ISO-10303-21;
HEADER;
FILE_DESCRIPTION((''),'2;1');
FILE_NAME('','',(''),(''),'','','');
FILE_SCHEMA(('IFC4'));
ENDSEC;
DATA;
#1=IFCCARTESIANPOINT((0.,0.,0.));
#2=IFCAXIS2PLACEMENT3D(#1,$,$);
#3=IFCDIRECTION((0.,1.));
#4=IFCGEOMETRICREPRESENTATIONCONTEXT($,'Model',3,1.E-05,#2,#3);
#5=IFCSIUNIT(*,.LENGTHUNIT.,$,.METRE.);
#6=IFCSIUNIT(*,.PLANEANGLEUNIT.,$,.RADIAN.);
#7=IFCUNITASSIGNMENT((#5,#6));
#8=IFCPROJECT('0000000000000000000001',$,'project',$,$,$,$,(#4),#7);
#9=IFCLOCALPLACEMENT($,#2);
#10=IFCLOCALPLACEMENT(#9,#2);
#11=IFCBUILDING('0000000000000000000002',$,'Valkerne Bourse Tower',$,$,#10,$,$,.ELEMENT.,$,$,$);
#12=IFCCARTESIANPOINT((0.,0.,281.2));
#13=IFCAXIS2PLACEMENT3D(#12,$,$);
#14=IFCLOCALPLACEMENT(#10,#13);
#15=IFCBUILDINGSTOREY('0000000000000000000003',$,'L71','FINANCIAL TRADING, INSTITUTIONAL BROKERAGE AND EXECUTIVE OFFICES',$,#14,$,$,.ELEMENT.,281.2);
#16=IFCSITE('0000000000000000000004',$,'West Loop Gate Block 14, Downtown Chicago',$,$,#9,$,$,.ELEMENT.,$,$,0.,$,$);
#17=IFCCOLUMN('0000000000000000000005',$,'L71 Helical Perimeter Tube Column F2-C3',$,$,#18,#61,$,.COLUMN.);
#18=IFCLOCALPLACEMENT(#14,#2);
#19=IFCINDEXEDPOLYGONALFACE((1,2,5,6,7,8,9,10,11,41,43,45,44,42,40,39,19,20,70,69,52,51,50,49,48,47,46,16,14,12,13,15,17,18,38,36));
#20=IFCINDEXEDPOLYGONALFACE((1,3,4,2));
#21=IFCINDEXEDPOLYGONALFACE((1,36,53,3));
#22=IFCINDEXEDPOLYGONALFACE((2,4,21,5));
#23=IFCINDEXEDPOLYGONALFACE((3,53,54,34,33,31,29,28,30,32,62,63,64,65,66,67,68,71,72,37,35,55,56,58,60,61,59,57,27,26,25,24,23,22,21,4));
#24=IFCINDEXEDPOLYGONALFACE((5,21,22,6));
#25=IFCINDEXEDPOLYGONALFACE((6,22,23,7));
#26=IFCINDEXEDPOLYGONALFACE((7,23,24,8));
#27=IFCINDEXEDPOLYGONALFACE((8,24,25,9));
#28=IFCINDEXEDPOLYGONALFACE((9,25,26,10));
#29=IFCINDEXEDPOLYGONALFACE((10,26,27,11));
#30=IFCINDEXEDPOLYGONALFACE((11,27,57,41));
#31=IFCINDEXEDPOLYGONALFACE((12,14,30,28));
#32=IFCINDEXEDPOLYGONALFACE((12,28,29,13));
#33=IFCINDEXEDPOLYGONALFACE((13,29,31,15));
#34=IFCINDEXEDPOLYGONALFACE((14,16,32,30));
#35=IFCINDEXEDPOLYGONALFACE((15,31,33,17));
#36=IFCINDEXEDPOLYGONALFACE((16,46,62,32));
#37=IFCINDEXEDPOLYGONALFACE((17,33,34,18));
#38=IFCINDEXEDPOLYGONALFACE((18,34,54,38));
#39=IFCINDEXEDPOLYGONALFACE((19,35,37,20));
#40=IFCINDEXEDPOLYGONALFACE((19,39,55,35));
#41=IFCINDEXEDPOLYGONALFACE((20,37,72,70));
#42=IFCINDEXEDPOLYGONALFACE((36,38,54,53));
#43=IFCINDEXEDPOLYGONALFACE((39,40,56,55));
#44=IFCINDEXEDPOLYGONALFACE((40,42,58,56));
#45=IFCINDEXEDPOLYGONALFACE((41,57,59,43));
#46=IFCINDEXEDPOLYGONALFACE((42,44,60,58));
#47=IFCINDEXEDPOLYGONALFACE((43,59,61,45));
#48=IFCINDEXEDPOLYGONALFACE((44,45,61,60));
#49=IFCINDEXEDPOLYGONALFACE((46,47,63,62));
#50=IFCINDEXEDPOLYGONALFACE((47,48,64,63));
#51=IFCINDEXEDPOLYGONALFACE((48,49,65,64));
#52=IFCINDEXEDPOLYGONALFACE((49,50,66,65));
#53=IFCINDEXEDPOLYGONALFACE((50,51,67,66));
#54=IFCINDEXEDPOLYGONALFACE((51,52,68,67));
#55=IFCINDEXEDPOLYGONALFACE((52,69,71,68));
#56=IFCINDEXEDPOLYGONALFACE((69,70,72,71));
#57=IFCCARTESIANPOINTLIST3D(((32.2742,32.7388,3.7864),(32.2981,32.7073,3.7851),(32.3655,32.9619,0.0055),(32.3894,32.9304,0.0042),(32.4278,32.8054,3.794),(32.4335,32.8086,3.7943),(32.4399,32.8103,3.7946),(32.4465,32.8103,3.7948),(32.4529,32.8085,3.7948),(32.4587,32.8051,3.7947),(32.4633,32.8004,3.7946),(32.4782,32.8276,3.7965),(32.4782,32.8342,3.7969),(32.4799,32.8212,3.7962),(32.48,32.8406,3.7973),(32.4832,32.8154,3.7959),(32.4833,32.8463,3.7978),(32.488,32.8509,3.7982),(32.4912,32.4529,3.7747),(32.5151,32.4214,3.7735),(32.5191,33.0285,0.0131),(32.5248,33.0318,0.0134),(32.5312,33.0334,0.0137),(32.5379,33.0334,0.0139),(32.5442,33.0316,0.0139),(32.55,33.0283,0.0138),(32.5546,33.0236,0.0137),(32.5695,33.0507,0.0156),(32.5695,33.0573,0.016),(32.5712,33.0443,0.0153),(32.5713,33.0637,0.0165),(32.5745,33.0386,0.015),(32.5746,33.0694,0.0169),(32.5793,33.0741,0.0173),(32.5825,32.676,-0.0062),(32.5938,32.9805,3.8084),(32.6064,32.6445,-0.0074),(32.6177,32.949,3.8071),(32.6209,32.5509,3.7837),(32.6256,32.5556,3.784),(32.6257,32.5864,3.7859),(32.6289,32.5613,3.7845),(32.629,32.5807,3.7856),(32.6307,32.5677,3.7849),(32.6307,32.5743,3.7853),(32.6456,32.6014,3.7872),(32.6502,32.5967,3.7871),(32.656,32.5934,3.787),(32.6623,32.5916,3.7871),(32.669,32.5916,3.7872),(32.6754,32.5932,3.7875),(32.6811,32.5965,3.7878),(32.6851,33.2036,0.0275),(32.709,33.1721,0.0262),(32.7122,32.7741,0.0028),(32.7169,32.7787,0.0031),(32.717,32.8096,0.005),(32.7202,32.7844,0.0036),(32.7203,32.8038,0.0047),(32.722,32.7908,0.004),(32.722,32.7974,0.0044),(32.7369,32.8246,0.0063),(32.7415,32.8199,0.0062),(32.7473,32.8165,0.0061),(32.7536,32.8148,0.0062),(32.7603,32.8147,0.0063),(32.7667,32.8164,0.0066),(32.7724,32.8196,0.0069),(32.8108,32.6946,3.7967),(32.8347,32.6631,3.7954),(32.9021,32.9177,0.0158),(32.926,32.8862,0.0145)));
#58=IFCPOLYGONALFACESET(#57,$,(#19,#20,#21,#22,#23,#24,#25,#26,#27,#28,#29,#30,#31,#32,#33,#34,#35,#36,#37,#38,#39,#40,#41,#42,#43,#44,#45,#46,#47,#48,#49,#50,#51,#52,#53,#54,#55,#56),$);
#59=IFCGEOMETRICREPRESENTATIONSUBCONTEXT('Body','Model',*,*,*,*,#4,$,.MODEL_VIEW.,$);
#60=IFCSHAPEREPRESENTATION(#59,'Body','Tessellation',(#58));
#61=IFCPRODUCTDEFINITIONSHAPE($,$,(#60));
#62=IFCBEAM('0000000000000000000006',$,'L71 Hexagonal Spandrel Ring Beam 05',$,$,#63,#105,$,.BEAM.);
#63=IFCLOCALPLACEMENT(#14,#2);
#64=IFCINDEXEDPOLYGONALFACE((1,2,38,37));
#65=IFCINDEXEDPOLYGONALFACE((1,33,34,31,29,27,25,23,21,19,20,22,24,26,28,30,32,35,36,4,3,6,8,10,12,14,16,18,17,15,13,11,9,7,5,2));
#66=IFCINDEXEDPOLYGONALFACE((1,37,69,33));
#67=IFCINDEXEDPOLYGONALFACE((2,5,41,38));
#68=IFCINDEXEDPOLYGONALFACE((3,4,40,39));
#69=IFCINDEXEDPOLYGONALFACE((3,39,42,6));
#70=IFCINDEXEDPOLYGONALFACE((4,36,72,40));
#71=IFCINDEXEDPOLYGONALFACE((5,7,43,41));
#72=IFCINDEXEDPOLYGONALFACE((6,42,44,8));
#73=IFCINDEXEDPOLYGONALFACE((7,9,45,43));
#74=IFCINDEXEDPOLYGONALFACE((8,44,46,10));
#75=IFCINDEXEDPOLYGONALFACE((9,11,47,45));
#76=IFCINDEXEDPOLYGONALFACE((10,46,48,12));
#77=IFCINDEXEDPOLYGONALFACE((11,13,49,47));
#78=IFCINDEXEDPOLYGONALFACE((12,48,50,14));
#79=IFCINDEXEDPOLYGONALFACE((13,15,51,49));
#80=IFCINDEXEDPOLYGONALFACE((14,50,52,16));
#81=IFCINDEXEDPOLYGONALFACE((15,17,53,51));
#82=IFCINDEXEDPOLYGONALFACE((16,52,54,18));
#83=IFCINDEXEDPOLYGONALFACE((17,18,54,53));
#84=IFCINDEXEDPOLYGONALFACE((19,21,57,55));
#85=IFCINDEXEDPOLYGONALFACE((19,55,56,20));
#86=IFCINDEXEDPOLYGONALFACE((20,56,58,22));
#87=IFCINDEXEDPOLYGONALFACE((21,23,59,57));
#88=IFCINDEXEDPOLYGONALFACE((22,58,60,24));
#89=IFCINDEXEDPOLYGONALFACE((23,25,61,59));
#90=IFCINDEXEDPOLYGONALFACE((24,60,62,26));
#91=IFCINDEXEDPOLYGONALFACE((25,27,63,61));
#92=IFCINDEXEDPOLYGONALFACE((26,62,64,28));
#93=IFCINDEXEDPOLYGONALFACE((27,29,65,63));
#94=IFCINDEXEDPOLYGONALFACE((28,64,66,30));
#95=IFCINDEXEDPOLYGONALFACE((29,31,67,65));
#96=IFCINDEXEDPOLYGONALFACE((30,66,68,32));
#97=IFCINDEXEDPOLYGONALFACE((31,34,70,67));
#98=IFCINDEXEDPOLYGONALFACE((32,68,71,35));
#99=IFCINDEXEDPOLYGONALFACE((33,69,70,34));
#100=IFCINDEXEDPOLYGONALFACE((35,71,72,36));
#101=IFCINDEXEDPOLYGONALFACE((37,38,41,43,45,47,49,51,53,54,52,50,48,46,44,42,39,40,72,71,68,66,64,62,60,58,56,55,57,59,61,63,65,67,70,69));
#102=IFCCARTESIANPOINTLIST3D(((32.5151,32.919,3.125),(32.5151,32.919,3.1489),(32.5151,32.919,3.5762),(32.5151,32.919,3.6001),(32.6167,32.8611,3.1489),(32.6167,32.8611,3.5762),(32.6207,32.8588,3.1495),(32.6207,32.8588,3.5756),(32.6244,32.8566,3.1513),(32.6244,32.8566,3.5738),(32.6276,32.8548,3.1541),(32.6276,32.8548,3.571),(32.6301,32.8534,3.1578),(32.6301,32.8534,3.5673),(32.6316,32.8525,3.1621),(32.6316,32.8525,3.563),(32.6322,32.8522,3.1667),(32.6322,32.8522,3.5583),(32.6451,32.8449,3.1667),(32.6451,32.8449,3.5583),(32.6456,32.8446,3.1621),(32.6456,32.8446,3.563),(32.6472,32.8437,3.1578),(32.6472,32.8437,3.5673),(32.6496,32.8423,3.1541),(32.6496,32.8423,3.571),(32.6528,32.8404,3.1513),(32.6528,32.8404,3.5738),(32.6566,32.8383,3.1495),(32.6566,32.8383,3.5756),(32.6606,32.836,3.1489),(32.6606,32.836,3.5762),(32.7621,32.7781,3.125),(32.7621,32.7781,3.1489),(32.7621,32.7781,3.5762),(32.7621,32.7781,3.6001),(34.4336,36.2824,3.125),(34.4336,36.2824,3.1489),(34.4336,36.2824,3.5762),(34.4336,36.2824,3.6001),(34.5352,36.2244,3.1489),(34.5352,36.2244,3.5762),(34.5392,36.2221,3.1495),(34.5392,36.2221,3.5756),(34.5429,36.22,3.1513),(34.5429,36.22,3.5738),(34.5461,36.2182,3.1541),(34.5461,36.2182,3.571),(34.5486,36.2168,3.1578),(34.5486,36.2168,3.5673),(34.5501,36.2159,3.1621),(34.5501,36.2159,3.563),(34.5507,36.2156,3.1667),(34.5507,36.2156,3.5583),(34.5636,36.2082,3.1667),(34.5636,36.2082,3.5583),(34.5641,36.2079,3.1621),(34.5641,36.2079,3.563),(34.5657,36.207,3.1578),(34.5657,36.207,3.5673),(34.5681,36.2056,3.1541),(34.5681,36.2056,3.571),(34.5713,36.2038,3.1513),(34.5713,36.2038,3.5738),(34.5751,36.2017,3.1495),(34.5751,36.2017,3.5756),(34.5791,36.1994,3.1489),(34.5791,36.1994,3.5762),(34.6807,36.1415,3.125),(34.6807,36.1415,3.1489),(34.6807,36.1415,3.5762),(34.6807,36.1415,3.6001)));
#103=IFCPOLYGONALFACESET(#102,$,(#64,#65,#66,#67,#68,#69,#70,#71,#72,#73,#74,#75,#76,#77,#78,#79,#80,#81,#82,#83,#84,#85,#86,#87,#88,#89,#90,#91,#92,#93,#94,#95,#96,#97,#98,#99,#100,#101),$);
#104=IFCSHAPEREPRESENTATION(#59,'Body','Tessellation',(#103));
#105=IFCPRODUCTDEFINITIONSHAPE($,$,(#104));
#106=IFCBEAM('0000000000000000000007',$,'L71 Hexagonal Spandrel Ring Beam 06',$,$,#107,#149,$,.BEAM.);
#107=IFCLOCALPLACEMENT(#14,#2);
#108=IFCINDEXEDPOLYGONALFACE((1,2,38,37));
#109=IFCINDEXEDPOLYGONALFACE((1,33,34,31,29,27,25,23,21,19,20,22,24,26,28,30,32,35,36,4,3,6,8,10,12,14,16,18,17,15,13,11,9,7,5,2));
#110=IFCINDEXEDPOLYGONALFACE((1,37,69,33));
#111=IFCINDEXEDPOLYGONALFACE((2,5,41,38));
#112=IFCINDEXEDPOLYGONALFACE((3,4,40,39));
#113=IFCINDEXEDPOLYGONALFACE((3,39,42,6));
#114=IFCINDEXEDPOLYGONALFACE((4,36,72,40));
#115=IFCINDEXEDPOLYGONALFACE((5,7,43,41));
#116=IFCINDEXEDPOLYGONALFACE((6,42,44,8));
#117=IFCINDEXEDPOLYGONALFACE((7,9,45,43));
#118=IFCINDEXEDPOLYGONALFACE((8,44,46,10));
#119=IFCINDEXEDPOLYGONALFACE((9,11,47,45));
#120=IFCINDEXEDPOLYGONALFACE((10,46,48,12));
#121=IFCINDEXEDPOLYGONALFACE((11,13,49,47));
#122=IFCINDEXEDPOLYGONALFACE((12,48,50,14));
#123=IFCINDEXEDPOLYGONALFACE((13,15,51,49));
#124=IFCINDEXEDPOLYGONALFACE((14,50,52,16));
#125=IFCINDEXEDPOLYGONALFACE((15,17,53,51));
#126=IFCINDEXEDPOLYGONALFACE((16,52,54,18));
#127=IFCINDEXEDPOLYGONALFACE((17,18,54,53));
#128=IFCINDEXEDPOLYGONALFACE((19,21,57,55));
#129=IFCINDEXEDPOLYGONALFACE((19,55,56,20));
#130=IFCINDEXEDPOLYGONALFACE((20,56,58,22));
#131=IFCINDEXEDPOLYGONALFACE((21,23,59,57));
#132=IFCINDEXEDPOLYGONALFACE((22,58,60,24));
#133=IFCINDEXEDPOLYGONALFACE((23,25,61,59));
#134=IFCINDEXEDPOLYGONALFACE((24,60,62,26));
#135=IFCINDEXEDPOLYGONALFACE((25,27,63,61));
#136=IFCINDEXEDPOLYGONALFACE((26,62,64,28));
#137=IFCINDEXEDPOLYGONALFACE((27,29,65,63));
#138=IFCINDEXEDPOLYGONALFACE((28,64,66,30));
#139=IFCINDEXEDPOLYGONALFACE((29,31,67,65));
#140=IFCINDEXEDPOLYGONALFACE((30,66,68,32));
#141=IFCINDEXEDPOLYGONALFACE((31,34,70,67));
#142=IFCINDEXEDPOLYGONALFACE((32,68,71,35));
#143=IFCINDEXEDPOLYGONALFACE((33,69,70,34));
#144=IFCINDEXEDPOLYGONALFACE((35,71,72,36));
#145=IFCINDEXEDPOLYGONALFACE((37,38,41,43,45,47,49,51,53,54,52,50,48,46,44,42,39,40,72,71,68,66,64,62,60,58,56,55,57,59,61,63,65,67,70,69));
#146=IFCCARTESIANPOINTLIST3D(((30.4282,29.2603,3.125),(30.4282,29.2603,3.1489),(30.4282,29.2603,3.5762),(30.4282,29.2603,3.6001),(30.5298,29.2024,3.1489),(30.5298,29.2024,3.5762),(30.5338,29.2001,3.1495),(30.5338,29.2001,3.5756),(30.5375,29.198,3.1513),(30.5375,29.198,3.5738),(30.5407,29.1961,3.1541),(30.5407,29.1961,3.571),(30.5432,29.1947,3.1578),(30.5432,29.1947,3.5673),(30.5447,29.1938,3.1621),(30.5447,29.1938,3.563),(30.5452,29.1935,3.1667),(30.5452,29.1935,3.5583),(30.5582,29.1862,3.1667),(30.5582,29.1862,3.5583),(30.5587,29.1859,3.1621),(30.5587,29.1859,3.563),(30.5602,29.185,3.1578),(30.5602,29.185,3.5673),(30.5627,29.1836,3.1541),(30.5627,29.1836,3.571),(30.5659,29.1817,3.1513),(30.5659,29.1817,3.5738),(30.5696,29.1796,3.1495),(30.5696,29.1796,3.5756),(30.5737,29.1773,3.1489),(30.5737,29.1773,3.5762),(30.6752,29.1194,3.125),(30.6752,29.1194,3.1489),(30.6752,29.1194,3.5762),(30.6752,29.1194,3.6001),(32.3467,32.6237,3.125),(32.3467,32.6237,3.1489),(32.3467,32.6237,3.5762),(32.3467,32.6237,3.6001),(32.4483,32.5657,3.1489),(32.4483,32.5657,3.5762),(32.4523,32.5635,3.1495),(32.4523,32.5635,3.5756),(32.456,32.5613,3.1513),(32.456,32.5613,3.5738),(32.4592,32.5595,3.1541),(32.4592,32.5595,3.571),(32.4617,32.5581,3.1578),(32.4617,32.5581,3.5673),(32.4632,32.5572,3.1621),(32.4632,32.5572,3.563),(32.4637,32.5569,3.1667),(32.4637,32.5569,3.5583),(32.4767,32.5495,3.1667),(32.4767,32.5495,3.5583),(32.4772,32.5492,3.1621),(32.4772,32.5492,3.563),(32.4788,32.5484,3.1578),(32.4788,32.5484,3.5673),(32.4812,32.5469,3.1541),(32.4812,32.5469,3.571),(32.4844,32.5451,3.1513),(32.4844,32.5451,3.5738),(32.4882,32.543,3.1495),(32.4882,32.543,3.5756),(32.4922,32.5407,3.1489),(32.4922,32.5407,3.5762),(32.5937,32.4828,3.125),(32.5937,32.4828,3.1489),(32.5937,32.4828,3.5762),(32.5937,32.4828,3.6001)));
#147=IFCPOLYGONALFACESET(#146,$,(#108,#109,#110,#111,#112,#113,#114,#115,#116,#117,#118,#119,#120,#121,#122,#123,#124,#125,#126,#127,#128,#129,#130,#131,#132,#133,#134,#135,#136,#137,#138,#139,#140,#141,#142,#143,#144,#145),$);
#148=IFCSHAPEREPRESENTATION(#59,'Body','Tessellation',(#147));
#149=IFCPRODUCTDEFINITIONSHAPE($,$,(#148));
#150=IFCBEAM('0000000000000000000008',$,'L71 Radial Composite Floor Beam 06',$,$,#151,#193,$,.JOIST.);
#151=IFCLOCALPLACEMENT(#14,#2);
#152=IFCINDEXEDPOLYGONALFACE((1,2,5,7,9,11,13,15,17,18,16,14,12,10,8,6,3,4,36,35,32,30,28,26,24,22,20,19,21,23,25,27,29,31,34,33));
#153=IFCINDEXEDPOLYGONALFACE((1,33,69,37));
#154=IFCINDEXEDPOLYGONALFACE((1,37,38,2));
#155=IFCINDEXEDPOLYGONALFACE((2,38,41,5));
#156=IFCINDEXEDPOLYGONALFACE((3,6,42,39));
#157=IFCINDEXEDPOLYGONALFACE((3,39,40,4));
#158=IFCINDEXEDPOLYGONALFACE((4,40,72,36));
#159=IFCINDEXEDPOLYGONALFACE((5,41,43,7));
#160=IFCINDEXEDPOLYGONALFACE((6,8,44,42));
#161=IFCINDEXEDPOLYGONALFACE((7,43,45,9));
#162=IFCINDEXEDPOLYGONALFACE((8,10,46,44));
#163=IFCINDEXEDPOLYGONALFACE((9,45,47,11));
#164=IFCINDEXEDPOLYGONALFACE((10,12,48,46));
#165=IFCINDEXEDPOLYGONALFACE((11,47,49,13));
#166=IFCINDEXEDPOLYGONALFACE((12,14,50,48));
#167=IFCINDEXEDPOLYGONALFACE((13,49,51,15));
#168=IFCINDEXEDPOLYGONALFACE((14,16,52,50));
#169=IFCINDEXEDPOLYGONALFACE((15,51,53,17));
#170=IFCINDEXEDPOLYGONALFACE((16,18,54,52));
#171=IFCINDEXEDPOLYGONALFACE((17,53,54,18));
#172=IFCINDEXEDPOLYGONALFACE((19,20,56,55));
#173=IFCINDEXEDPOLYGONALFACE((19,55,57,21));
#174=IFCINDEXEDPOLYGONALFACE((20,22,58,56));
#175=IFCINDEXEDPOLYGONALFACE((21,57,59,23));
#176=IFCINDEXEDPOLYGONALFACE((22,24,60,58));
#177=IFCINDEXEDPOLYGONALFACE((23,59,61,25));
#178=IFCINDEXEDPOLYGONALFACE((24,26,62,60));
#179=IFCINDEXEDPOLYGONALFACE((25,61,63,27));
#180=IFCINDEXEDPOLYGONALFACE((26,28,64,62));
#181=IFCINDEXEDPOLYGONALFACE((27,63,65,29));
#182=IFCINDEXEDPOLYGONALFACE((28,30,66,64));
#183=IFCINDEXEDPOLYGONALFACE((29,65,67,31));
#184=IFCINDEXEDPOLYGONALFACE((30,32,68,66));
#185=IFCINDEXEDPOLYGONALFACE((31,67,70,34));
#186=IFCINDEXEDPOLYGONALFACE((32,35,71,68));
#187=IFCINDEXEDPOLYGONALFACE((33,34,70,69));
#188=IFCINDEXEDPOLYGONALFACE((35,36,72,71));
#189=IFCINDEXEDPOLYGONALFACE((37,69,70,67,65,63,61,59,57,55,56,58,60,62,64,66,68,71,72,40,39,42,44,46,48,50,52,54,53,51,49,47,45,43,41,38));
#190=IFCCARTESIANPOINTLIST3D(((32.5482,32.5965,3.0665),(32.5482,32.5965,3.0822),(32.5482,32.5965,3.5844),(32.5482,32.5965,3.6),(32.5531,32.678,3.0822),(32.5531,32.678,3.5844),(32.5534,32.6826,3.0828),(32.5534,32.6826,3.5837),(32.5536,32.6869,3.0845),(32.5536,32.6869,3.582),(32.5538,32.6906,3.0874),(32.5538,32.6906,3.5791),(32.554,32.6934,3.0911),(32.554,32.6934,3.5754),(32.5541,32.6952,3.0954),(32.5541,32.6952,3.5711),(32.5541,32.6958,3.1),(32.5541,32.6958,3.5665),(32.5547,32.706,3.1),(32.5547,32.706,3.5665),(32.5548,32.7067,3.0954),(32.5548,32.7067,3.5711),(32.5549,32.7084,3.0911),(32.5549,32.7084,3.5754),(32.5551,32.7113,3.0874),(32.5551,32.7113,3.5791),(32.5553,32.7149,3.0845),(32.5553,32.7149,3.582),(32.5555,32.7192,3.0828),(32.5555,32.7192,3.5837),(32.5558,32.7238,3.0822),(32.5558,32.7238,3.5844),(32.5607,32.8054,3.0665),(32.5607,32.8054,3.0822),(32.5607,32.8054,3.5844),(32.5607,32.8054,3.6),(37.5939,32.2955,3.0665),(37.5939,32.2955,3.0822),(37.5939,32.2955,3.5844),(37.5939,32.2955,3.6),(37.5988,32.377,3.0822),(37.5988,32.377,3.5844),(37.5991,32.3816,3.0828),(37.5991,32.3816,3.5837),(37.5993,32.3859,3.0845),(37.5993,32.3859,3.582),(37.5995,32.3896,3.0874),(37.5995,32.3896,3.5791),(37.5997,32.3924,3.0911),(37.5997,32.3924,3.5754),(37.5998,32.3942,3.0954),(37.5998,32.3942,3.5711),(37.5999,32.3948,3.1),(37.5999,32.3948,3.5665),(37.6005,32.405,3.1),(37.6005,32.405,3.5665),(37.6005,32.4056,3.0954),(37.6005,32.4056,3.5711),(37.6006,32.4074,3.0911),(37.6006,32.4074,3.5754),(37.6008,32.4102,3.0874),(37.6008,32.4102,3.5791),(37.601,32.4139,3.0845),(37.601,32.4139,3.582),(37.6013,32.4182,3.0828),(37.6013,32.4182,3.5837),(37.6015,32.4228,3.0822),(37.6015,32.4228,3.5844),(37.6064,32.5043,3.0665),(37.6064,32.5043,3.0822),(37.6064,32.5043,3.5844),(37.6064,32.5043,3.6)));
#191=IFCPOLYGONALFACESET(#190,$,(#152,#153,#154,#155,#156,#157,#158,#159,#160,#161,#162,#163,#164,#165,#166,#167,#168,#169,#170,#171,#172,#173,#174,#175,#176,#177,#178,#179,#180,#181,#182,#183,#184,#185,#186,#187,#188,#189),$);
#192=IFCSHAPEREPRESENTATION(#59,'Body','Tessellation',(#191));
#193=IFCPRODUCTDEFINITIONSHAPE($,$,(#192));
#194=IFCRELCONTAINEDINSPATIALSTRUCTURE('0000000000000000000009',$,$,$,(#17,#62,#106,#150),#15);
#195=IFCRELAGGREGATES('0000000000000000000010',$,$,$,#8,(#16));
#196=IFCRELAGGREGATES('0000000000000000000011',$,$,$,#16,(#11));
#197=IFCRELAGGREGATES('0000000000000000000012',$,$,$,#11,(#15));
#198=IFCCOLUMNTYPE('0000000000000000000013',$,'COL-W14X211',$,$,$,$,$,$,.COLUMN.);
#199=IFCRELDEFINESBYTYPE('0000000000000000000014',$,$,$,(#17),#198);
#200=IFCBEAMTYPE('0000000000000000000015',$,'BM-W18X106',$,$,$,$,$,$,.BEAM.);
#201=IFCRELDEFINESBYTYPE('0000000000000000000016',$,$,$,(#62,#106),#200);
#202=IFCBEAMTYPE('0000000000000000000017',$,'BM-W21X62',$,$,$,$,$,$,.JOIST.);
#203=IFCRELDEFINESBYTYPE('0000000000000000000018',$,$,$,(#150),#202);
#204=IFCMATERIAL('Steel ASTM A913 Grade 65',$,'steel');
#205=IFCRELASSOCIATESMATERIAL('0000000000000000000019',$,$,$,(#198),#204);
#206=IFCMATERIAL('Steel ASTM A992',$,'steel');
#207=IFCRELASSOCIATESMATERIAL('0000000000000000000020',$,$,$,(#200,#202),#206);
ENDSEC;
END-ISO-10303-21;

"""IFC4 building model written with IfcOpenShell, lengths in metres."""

from ifc_helpers import new_model, si_unit, direction, frame, origin, origin_2d, place, context, subcontext, project, spatial, i_section, extrude, material, material_profile, profile_set, type_object, element, save


model = new_model("IFC4")

# Units and contexts
model_context = context("Model", 3, precision=1e-05, world=origin(), true_north=direction((0.0, 1.0)))
body_context = subcontext(model_context, "Body", "Model", "MODEL_VIEW")
ifc_project = project(units=[si_unit("LENGTHUNIT", "METRE"), si_unit("PLANEANGLEUNIT", "RADIAN")], contexts=[model_context])

# Site, building, storey
site_placement = place(None, origin())
site = spatial("IfcSite", under=ifc_project, at=site_placement, Name="West Loop Gate Block 14, Downtown Chicago", CompositionType="ELEMENT", RefElevation=0.0)
building_placement = place(site_placement, origin())
building = spatial("IfcBuilding", under=site, at=building_placement, Name="Valkerne Bourse Tower", CompositionType="ELEMENT")
storey_placement = place(building_placement, frame((0.0, 0.0, 281.2)))
storey = spatial("IfcBuildingStorey", under=building, at=storey_placement, Name="L71", Description="FINANCIAL TRADING, INSTITUTIONAL BROKERAGE AND EXECUTIVE OFFICES", CompositionType="ELEMENT", Elevation=281.2)

# Column
ifc_material_1 = material(Name="Steel ASTM A913 Grade 65", Category="steel")
ifc_material_profile_1 = material_profile(ifc_material_1, i_section(OverallWidth=0.4014, OverallDepth=0.3987, WebThickness=0.0249, FlangeThickness=0.0396, FilletRadius=0.0254, at=origin_2d()), Name="W14X211")
ifc_profile_set_1 = profile_set([ifc_material_profile_1], Name="Steel ASTM A913 Grade 65")
column_type = type_object("IfcColumnType", Name="COL-W14X211", PredefinedType="COLUMN", material=ifc_profile_set_1)
column_placement = place(storey_placement, frame((32.6458, 32.9241, 0.01), z_axis=(-0.0241, -0.058898, 0.997973), x_axis=(-0.796438, -0.602235, -0.054776)))
element("IfcColumn", 1, at=column_placement, inside=storey, type_object=column_type, Name="L71 Helical Perimeter Tube Column F2-C3", PredefinedType="COLUMN", context=body_context, shape_type="SweptSolid", body=[
    extrude(i_section(OverallWidth=0.4014, OverallDepth=0.3987, WebThickness=0.0249, FlangeThickness=0.0396, FilletRadius=0.0254, at=origin_2d()), origin(), (0.0, 0.0, 1.0), 3.7886),
])

# Beams
ifc_material_2 = material(Name="Steel ASTM A992", Category="steel")
ifc_material_profile_2 = material_profile(ifc_material_2, i_section(OverallWidth=0.2844, OverallDepth=0.4751, WebThickness=0.0149, FlangeThickness=0.0239, FilletRadius=0.0178, at=origin_2d()), Name="W18X106")
ifc_profile_set_2 = profile_set([ifc_material_profile_2], Name="Steel ASTM A992")
beam_type_1 = type_object("IfcBeamType", Name="BM-W18X106", PredefinedType="BEAM", material=ifc_profile_set_2)
for number, where, z_axis, x_axis, name in (
    (2, (34.5571, 36.2119, 3.3625), (-0.495473, -0.868623, 0.0), (0.868623, -0.495473, 0.0), "L71 Hexagonal Spandrel Ring Beam 05"),
    (3, (32.4702, 32.5532, 3.3625), (-0.495473, -0.868623, 0.0), (0.868623, -0.495473, 0.0), "L71 Hexagonal Spandrel Ring Beam 06"),
):
    element("IfcBeam", number, at=place(storey_placement, frame(where, z_axis=z_axis, x_axis=x_axis)), inside=storey, type_object=beam_type_1, Name=name, PredefinedType="BEAM", context=body_context, shape_type="SweptSolid", body=[
        extrude(i_section(OverallWidth=0.2844, OverallDepth=0.4751, WebThickness=0.0149, FlangeThickness=0.0239, FilletRadius=0.0178, at=origin_2d()), origin(), (0.0, 0.0, 1.0), 3.8721),
    ])
ifc_material_profile_3 = material_profile(ifc_material_2, i_section(OverallWidth=0.2092, OverallDepth=0.5334, WebThickness=0.0103, FlangeThickness=0.0156, FilletRadius=0.0178, at=origin_2d()), Name="W21X62")
ifc_profile_set_3 = profile_set([ifc_material_profile_3], Name="Steel ASTM A992")
beam_type_2 = type_object("IfcBeamType", Name="BM-W21X62", PredefinedType="JOIST", material=ifc_profile_set_3)
beam_1_placement = place(storey_placement, frame((32.5544, 32.7009, 3.3333), z_axis=(0.998225, -0.059554, 0.0), x_axis=(0.059554, 0.998225, 0.0)))
element("IfcBeam", 4, at=beam_1_placement, inside=storey, type_object=beam_type_2, Name="L71 Radial Composite Floor Beam 06", PredefinedType="JOIST", context=body_context, shape_type="SweptSolid", body=[
    extrude(i_section(OverallWidth=0.2092, OverallDepth=0.5334, WebThickness=0.0103, FlangeThickness=0.0156, FilletRadius=0.0178, at=origin_2d()), origin(), (0.0, 0.0, 1.0), 5.0547),
])

save(model, "model.ifc")
